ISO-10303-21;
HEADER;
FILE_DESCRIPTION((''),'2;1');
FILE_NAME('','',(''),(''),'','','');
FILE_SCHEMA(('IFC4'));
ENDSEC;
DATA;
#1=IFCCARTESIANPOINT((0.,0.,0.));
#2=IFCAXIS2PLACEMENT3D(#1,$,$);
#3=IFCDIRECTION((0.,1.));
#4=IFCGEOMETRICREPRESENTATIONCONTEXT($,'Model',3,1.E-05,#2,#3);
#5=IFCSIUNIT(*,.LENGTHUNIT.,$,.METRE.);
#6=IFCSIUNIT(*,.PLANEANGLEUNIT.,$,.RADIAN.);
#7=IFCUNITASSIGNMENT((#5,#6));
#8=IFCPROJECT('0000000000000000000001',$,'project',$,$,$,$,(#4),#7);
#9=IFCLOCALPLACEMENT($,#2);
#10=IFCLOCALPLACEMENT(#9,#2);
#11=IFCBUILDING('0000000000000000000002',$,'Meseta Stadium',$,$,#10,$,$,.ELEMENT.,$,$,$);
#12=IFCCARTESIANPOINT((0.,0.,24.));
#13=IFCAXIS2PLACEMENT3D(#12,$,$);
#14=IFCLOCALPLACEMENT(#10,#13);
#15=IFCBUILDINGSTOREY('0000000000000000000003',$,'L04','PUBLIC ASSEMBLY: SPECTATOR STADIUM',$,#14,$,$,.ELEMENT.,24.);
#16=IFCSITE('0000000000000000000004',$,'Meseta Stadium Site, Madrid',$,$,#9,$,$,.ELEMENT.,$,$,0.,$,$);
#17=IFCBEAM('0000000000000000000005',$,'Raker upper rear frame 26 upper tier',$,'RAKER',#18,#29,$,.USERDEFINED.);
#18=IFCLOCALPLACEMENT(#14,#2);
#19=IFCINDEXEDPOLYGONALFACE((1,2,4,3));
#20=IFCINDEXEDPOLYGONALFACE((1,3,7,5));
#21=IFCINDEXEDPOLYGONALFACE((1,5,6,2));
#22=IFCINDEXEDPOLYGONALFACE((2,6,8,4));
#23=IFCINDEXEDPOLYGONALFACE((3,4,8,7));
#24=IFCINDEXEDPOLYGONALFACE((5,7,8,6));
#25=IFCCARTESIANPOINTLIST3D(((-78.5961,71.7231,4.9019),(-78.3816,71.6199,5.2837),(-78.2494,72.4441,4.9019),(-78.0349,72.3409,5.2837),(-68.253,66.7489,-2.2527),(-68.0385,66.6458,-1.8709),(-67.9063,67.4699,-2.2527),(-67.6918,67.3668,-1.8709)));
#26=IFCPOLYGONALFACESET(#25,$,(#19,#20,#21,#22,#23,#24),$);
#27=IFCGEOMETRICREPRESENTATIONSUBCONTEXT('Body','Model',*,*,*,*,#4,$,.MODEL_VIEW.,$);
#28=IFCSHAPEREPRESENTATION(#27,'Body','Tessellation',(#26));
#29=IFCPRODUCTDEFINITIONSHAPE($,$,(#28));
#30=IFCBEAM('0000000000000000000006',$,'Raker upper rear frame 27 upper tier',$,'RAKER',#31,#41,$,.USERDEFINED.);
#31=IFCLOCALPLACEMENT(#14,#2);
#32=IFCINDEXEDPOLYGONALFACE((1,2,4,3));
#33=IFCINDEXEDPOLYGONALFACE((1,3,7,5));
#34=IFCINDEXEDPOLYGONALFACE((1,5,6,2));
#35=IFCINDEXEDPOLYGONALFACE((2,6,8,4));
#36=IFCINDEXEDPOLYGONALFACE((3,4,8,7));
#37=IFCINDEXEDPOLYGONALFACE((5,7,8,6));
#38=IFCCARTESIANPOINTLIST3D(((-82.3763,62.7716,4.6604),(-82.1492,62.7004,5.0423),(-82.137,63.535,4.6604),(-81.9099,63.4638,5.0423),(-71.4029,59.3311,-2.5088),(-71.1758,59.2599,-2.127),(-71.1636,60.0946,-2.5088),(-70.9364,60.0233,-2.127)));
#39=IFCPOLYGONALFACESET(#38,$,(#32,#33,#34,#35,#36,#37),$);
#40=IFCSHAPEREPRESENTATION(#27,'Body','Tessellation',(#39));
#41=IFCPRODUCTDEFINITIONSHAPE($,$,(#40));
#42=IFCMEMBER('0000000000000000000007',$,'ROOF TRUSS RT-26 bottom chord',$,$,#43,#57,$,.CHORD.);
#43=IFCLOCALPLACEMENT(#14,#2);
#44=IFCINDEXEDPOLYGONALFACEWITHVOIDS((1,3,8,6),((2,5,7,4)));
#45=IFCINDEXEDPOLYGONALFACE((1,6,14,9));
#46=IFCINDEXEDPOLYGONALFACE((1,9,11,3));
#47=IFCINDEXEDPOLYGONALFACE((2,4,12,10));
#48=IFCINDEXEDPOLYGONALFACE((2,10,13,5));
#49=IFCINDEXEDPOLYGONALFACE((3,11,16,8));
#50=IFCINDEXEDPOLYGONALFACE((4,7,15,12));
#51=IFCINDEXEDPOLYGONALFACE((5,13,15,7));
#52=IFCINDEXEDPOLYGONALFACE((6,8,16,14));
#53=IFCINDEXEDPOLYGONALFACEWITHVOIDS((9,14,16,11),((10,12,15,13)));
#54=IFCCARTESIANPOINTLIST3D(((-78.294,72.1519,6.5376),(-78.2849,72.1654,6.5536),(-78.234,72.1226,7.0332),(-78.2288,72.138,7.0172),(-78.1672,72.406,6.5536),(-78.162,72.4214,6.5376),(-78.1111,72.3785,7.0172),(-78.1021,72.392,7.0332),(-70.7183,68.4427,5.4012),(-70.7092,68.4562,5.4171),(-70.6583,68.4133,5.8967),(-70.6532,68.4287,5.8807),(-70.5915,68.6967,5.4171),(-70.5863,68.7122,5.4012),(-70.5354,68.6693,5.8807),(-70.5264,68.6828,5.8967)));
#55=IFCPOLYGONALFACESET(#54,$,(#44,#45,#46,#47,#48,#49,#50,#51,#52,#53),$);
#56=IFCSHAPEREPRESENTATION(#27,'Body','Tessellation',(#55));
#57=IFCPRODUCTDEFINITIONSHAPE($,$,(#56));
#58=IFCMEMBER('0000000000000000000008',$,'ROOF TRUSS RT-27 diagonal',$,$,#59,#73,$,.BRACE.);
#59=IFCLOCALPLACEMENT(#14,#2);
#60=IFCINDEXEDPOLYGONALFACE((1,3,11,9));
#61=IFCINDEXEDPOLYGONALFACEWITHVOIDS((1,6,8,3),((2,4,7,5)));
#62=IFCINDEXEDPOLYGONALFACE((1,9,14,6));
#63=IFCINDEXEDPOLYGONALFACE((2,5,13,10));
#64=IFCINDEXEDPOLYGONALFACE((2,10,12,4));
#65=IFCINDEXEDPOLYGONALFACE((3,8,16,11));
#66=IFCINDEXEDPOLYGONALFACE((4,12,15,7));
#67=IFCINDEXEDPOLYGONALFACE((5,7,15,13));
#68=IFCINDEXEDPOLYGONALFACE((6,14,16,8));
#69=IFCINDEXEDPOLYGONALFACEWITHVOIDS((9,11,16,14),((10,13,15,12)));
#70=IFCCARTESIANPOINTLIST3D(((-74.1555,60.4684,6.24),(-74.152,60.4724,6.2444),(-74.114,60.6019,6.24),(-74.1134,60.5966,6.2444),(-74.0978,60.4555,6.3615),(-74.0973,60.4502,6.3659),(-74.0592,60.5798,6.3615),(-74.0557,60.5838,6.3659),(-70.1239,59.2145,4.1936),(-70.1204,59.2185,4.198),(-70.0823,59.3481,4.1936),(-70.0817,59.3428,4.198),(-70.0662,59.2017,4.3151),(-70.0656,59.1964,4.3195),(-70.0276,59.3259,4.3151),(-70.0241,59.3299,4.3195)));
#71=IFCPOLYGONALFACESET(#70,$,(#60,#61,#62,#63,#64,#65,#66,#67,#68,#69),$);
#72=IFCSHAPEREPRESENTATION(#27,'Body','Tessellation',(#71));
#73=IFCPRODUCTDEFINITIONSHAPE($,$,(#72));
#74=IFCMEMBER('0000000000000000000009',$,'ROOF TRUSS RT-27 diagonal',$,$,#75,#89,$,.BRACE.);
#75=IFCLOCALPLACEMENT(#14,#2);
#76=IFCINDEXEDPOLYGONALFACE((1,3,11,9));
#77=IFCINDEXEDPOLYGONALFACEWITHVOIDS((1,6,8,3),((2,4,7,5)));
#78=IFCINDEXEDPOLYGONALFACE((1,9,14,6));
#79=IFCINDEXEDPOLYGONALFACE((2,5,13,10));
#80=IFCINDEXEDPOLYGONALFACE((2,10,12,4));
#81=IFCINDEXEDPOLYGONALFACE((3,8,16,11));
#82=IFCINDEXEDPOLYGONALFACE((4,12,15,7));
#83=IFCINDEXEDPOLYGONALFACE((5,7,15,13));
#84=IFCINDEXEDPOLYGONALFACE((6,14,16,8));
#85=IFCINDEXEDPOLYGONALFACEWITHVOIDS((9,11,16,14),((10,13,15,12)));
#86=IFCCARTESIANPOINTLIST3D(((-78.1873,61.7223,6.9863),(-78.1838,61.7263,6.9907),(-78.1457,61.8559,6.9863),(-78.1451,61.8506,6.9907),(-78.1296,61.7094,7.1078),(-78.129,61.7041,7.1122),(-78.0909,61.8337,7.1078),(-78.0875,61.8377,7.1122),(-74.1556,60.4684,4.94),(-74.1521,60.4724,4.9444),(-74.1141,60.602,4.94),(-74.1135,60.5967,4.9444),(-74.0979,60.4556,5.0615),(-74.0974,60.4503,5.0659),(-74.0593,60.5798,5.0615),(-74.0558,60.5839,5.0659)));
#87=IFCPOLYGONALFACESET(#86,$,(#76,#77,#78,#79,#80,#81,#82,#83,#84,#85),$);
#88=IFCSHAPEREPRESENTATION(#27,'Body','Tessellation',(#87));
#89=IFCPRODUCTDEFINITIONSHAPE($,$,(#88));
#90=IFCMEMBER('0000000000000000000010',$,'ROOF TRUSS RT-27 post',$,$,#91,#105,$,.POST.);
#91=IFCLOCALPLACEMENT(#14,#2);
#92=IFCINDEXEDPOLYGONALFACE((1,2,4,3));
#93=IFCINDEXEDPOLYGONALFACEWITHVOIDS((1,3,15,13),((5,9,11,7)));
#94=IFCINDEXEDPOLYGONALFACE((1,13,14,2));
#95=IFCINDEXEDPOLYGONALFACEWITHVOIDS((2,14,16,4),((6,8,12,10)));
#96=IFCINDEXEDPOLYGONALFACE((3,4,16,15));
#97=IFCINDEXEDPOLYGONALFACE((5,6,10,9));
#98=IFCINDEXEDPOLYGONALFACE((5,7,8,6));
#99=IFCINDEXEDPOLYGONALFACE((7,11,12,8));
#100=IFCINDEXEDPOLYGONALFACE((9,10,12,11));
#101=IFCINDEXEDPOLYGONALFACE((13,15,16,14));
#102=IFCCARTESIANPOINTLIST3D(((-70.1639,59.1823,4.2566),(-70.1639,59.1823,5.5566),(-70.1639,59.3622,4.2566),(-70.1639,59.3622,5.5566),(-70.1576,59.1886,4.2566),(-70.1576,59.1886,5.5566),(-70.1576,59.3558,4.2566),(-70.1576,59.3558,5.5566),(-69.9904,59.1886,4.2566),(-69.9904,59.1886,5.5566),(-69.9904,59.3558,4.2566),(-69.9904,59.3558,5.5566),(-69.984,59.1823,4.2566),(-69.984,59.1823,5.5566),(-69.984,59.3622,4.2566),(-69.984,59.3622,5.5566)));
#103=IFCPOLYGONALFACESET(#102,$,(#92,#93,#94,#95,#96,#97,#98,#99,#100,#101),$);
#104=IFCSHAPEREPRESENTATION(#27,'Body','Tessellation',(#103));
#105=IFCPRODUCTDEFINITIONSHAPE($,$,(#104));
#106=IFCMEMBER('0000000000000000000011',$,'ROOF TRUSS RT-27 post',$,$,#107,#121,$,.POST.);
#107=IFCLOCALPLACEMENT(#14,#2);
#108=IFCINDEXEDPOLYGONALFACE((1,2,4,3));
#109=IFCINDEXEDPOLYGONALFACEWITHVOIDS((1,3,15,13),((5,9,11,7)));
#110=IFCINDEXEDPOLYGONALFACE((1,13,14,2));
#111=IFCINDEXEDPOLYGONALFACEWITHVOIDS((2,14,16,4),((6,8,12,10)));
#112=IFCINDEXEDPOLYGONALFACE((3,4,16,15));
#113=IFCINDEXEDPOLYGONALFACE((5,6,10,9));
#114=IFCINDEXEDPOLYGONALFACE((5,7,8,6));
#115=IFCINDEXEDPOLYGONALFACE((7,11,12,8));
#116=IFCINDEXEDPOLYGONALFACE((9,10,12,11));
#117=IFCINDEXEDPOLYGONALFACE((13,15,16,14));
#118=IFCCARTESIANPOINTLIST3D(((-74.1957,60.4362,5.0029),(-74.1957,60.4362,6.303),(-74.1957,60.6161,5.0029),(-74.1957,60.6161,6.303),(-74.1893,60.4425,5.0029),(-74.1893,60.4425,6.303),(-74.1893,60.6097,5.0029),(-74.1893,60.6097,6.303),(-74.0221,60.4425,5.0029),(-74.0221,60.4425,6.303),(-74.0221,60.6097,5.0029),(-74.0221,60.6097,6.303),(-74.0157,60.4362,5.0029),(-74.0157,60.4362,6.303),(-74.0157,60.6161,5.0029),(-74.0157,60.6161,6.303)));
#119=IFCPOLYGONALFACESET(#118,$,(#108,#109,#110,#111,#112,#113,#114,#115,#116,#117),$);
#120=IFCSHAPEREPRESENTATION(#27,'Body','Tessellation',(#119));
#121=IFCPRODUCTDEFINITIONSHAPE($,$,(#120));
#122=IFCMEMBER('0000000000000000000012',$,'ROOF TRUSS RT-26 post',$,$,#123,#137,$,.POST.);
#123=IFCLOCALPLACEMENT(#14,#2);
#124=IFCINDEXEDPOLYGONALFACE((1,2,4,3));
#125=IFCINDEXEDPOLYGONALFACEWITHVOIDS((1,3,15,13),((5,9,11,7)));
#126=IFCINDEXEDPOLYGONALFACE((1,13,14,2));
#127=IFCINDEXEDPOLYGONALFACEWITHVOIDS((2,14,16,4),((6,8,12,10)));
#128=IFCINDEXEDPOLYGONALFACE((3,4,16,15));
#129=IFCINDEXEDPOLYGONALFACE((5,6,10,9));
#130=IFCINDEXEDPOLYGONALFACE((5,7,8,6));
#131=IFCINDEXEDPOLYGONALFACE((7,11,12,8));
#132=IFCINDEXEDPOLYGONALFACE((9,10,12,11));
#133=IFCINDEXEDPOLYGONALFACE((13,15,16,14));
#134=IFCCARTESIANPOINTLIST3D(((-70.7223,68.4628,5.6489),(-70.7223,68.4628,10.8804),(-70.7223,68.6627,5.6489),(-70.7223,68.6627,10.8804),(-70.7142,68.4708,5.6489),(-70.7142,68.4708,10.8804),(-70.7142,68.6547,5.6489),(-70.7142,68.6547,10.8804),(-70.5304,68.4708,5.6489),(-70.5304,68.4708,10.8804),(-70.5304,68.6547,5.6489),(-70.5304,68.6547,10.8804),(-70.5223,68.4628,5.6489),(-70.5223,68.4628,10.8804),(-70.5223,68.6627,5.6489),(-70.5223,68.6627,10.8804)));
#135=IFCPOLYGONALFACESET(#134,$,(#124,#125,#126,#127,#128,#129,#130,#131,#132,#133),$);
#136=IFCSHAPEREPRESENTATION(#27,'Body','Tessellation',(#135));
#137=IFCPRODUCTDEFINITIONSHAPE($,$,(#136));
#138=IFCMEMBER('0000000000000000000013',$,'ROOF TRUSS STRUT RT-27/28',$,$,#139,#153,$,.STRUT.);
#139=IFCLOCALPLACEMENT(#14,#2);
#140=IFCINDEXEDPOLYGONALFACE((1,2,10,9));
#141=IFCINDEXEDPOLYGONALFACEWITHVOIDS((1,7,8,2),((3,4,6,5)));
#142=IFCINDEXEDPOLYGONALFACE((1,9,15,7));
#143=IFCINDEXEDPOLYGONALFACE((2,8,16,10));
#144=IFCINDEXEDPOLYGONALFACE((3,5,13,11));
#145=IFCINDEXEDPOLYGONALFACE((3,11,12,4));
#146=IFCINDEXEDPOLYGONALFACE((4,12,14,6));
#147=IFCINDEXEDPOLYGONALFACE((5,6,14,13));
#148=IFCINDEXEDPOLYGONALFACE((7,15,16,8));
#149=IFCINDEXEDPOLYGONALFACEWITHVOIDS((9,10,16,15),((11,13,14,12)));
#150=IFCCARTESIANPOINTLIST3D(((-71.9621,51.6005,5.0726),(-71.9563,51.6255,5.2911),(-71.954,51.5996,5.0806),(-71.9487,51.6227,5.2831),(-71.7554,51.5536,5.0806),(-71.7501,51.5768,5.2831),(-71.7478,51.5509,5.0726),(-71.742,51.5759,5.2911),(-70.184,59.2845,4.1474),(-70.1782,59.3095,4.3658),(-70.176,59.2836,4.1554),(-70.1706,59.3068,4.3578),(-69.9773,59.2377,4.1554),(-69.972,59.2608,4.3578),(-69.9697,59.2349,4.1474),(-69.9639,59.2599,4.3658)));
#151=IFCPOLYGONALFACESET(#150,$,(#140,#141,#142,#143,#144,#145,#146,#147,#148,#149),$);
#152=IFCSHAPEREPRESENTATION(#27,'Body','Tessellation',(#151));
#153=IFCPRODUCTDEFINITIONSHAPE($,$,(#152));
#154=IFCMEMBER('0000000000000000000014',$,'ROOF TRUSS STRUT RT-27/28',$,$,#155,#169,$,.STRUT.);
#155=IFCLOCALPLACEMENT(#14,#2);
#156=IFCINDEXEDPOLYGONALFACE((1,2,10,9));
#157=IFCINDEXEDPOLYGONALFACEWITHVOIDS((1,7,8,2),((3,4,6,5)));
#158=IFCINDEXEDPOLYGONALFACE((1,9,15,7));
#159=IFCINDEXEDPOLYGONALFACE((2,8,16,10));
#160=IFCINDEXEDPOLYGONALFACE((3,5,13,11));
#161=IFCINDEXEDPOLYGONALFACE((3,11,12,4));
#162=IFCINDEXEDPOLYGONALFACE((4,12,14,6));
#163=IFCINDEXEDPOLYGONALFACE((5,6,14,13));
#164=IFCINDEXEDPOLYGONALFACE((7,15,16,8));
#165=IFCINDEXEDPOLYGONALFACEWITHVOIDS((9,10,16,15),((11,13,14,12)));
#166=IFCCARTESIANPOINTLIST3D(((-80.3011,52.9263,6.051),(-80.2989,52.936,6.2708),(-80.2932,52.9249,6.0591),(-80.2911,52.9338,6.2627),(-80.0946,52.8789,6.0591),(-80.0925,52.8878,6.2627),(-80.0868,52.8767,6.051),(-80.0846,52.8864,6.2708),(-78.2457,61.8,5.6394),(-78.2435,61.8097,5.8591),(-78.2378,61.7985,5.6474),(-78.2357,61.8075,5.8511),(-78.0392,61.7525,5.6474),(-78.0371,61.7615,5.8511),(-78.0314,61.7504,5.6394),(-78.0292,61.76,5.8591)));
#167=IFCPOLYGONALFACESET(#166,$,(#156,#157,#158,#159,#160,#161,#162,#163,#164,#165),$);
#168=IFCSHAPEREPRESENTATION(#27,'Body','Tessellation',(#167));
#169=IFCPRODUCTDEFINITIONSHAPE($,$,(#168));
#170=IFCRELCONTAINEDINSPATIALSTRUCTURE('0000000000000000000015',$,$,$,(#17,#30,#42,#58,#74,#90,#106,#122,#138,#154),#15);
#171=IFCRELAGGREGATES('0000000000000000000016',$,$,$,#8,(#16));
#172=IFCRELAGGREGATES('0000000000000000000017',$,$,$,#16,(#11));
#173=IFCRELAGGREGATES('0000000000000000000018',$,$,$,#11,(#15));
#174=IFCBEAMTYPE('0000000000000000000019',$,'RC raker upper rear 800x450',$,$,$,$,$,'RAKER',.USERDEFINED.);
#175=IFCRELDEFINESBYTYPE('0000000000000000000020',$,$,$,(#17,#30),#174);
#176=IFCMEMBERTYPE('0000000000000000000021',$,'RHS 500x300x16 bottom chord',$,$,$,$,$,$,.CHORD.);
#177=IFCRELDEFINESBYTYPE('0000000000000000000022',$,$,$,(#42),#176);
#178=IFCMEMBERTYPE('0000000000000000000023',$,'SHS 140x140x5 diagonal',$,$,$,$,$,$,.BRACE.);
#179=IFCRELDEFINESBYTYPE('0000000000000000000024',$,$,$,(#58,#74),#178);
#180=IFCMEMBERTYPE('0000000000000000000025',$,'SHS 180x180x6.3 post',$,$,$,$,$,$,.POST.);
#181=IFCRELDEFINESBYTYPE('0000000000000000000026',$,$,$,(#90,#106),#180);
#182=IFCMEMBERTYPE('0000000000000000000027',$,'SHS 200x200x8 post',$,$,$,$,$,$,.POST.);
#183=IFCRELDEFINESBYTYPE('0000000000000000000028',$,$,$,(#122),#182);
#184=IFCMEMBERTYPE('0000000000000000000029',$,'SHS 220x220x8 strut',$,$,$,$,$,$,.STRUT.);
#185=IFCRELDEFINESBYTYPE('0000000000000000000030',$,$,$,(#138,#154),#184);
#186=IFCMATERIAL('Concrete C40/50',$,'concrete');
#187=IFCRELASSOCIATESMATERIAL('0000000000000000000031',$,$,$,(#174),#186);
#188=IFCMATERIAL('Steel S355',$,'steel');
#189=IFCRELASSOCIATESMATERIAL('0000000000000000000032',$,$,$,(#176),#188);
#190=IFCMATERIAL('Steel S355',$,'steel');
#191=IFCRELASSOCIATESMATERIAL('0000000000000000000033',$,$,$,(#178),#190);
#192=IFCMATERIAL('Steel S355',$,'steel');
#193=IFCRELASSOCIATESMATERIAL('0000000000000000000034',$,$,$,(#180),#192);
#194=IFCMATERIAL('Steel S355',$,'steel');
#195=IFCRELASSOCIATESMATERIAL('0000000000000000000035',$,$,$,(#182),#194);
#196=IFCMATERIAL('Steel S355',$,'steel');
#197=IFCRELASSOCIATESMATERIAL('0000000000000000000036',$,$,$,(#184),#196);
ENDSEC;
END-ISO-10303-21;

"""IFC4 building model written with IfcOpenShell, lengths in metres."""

from ifc_helpers import new_model, si_unit, direction, frame, origin, origin_2d, place, context, subcontext, project, spatial, rectangle, hollow_rectangle, extrude, material, material_profile, profile_set, type_object, element, save


model = new_model("IFC4")

# Units and contexts
model_context = context("Model", 3, precision=1e-05, world=origin(), true_north=direction((0.0, 1.0)))
body_context = subcontext(model_context, "Body", "Model", "MODEL_VIEW")
ifc_project = project(units=[si_unit("LENGTHUNIT", "METRE"), si_unit("PLANEANGLEUNIT", "RADIAN")], contexts=[model_context])

# Site, building, storey
site_placement = place(None, origin())
site = spatial("IfcSite", under=ifc_project, at=site_placement, Name="Meseta Stadium Site, Madrid", CompositionType="ELEMENT", RefElevation=0.0)
building_placement = place(site_placement, origin())
building = spatial("IfcBuilding", under=site, at=building_placement, Name="Meseta Stadium", CompositionType="ELEMENT")
storey_placement = place(building_placement, frame((0.0, 0.0, 24.0)))
storey = spatial("IfcBuildingStorey", under=building, at=storey_placement, Name="L04", Description="PUBLIC ASSEMBLY: SPECTATOR STADIUM", CompositionType="ELEMENT", Elevation=24.0)

# Beams
ifc_material_1 = material(Name="Concrete C40/50", Category="concrete")
ifc_material_profile_1 = material_profile(ifc_material_1, rectangle(XDim=0.8, YDim=0.45, at=origin_2d()), Name="RC 800x450")
ifc_profile_set_1 = profile_set([ifc_material_profile_1], Name="Concrete C40/50")
beam_type = type_object("IfcBeamType", Name="RC raker upper rear 800x450", ElementType="RAKER", PredefinedType="USERDEFINED", material=ifc_profile_set_1)
beam_1_placement = place(storey_placement, frame((-67.9724, 67.0579, -2.0618), z_axis=(-0.764771, 0.367791, 0.529013), x_axis=(-0.433402, -0.901201, 0.0)))
element("IfcBeam", 1, at=beam_1_placement, inside=storey, type_object=beam_type, Name="Raker upper rear frame 26 upper tier", ObjectType="RAKER", PredefinedType="USERDEFINED", context=body_context, shape_type="SweptSolid", body=[
    extrude(rectangle(XDim=0.8, YDim=0.45, at=origin_2d()), origin(), (0.0, 0.0, 1.0), 13.5244),
])
beam_2_placement = place(storey_placement, frame((-71.1697, 59.6772, -2.3179), z_axis=(-0.809741, 0.253874, 0.529024), x_axis=(-0.299166, -0.954201, 0.0)))
element("IfcBeam", 2, at=beam_2_placement, inside=storey, type_object=beam_type, Name="Raker upper rear frame 27 upper tier", ObjectType="RAKER", PredefinedType="USERDEFINED", context=body_context, shape_type="SweptSolid", body=[
    extrude(rectangle(XDim=0.8, YDim=0.45, at=origin_2d()), origin(), (0.0, 0.0, 1.0), 13.5518),
])

# Members
ifc_material_2 = material(Name="Steel S355", Category="steel")
ifc_material_profile_2 = material_profile(ifc_material_2, hollow_rectangle(XDim=0.3, YDim=0.5, WallThickness=0.0161, at=origin_2d()), Name="RHS 500x300x16")
ifc_profile_set_2 = profile_set([ifc_material_profile_2], Name="Steel S355")
member_type_1 = type_object("IfcMemberType", Name="RHS 500x300x16 bottom chord", PredefinedType="CHORD", material=ifc_profile_set_2)
member_1_placement = place(storey_placement, frame((-70.6223, 68.5627, 5.6489), z_axis=(-0.890082, 0.435804, 0.133527), x_axis=(-0.439742, -0.898124, 0.0)))
element("IfcMember", 3, at=member_1_placement, inside=storey, type_object=member_type_1, Name="ROOF TRUSS RT-26 bottom chord", PredefinedType="CHORD", context=body_context, shape_type="SweptSolid", body=[
    extrude(hollow_rectangle(XDim=0.3, YDim=0.5, WallThickness=0.0161, at=origin_2d()), origin(), (0.0, 0.0, 1.0), 8.5112),
])
ifc_material_3 = material(Name="Steel S355", Category="steel")
ifc_material_profile_3 = material_profile(ifc_material_3, hollow_rectangle(XDim=0.1399, YDim=0.1399, WallThickness=0.0049, at=origin_2d()), Name="SHS 140x140x5")
ifc_profile_set_3 = profile_set([ifc_material_profile_3], Name="Steel S355")
member_type_2 = type_object("IfcMemberType", Name="SHS 140x140x5 diagonal", PredefinedType="BRACE", material=ifc_profile_set_3)
for number, where, z_axis, x_axis, name in (
    (4, (-70.074, 59.2722, 4.2566), (-0.859279, 0.267243, 0.436144), (-0.296978, -0.954884, 0.0), "ROOF TRUSS RT-27 diagonal"),
    (5, (-74.1057, 60.5261, 5.0029), (-0.859279, 0.267243, 0.436144), (-0.296978, -0.954884, 0.0), "ROOF TRUSS RT-27 diagonal"),
):
    element("IfcMember", number, at=place(storey_placement, frame(where, z_axis=z_axis, x_axis=x_axis)), inside=storey, type_object=member_type_2, Name=name, PredefinedType="BRACE", context=body_context, shape_type="SweptSolid", body=[
        extrude(hollow_rectangle(XDim=0.1399, YDim=0.1399, WallThickness=0.0049, at=origin_2d()), origin(), (0.0, 0.0, 1.0), 4.6919),
    ])
ifc_material_4 = material(Name="Steel S355", Category="steel")
ifc_material_profile_4 = material_profile(ifc_material_4, hollow_rectangle(XDim=0.1799, YDim=0.1799, WallThickness=0.0063, at=origin_2d()), Name="SHS 180x180x6.3")
ifc_profile_set_4 = profile_set([ifc_material_profile_4], Name="Steel S355")
member_type_3 = type_object("IfcMemberType", Name="SHS 180x180x6.3 post", PredefinedType="POST", material=ifc_profile_set_4)
for number, where, z_axis, x_axis, name in (
    (6, (-70.074, 59.2722, 4.2566), (0.0, 0.0, 1.0), (1.0, 0.0, 0.0), "ROOF TRUSS RT-27 post"),
    (7, (-74.1057, 60.5261, 5.0029), (0.0, 0.0, 1.0), (1.0, 0.0, 0.0), "ROOF TRUSS RT-27 post"),
):
    element("IfcMember", number, at=place(storey_placement, frame(where, z_axis=z_axis, x_axis=x_axis)), inside=storey, type_object=member_type_3, Name=name, PredefinedType="POST", context=body_context, shape_type="SweptSolid", body=[
        extrude(hollow_rectangle(XDim=0.1799, YDim=0.1799, WallThickness=0.0063, at=origin_2d()), origin(), (0.0, 0.0, 1.0), 1.3),
    ])
ifc_material_5 = material(Name="Steel S355", Category="steel")
ifc_material_profile_5 = material_profile(ifc_material_5, hollow_rectangle(XDim=0.2, YDim=0.2, WallThickness=0.0081, at=origin_2d()), Name="SHS 200x200x8")
ifc_profile_set_5 = profile_set([ifc_material_profile_5], Name="Steel S355")
member_type_4 = type_object("IfcMemberType", Name="SHS 200x200x8 post", PredefinedType="POST", material=ifc_profile_set_5)
member_2_placement = place(storey_placement, frame((-70.6223, 68.5627, 5.6489), z_axis=(0.0, 0.0, 1.0), x_axis=(1.0, 0.0, 0.0)))
element("IfcMember", 8, at=member_2_placement, inside=storey, type_object=member_type_4, Name="ROOF TRUSS RT-26 post", PredefinedType="POST", context=body_context, shape_type="SweptSolid", body=[
    extrude(hollow_rectangle(XDim=0.2, YDim=0.2, WallThickness=0.0081, at=origin_2d()), origin(), (0.0, 0.0, 1.0), 5.2314),
])
ifc_material_6 = material(Name="Steel S355", Category="steel")
ifc_material_profile_6 = material_profile(ifc_material_6, hollow_rectangle(XDim=0.22, YDim=0.22, WallThickness=0.0081, at=origin_2d()), Name="SHS 220x220x8")
ifc_profile_set_6 = profile_set([ifc_material_profile_6], Name="Steel S355")
member_type_5 = type_object("IfcMemberType", Name="SHS 220x220x8 strut", PredefinedType="STRUT", material=ifc_profile_set_6)
member_3_placement = place(storey_placement, frame((-70.074, 59.2722, 4.2566), z_axis=(-0.223905, -0.967621, 0.116518), x_axis=(0.974257, -0.22544, 0.0)))
element("IfcMember", 9, at=member_3_placement, inside=storey, type_object=member_type_5, Name="ROOF TRUSS STRUT RT-27/28", PredefinedType="STRUT", context=body_context, shape_type="SweptSolid", body=[
    extrude(hollow_rectangle(XDim=0.22, YDim=0.22, WallThickness=0.0081, at=origin_2d()), origin(), (0.0, 0.0, 1.0), 7.9412),
])
member_4_placement = place(storey_placement, frame((-78.1375, 61.78, 5.7493), z_axis=(-0.225424, -0.973214, 0.045144), x_axis=(0.974207, -0.225654, 0.0)))
element("IfcMember", 10, at=member_4_placement, inside=storey, type_object=member_type_5, Name="ROOF TRUSS STRUT RT-27/28", PredefinedType="STRUT", context=body_context, shape_type="SweptSolid", body=[
    extrude(hollow_rectangle(XDim=0.22, YDim=0.22, WallThickness=0.0081, at=origin_2d()), origin(), (0.0, 0.0, 1.0), 9.1179),
])

save(model, "model.ifc")
